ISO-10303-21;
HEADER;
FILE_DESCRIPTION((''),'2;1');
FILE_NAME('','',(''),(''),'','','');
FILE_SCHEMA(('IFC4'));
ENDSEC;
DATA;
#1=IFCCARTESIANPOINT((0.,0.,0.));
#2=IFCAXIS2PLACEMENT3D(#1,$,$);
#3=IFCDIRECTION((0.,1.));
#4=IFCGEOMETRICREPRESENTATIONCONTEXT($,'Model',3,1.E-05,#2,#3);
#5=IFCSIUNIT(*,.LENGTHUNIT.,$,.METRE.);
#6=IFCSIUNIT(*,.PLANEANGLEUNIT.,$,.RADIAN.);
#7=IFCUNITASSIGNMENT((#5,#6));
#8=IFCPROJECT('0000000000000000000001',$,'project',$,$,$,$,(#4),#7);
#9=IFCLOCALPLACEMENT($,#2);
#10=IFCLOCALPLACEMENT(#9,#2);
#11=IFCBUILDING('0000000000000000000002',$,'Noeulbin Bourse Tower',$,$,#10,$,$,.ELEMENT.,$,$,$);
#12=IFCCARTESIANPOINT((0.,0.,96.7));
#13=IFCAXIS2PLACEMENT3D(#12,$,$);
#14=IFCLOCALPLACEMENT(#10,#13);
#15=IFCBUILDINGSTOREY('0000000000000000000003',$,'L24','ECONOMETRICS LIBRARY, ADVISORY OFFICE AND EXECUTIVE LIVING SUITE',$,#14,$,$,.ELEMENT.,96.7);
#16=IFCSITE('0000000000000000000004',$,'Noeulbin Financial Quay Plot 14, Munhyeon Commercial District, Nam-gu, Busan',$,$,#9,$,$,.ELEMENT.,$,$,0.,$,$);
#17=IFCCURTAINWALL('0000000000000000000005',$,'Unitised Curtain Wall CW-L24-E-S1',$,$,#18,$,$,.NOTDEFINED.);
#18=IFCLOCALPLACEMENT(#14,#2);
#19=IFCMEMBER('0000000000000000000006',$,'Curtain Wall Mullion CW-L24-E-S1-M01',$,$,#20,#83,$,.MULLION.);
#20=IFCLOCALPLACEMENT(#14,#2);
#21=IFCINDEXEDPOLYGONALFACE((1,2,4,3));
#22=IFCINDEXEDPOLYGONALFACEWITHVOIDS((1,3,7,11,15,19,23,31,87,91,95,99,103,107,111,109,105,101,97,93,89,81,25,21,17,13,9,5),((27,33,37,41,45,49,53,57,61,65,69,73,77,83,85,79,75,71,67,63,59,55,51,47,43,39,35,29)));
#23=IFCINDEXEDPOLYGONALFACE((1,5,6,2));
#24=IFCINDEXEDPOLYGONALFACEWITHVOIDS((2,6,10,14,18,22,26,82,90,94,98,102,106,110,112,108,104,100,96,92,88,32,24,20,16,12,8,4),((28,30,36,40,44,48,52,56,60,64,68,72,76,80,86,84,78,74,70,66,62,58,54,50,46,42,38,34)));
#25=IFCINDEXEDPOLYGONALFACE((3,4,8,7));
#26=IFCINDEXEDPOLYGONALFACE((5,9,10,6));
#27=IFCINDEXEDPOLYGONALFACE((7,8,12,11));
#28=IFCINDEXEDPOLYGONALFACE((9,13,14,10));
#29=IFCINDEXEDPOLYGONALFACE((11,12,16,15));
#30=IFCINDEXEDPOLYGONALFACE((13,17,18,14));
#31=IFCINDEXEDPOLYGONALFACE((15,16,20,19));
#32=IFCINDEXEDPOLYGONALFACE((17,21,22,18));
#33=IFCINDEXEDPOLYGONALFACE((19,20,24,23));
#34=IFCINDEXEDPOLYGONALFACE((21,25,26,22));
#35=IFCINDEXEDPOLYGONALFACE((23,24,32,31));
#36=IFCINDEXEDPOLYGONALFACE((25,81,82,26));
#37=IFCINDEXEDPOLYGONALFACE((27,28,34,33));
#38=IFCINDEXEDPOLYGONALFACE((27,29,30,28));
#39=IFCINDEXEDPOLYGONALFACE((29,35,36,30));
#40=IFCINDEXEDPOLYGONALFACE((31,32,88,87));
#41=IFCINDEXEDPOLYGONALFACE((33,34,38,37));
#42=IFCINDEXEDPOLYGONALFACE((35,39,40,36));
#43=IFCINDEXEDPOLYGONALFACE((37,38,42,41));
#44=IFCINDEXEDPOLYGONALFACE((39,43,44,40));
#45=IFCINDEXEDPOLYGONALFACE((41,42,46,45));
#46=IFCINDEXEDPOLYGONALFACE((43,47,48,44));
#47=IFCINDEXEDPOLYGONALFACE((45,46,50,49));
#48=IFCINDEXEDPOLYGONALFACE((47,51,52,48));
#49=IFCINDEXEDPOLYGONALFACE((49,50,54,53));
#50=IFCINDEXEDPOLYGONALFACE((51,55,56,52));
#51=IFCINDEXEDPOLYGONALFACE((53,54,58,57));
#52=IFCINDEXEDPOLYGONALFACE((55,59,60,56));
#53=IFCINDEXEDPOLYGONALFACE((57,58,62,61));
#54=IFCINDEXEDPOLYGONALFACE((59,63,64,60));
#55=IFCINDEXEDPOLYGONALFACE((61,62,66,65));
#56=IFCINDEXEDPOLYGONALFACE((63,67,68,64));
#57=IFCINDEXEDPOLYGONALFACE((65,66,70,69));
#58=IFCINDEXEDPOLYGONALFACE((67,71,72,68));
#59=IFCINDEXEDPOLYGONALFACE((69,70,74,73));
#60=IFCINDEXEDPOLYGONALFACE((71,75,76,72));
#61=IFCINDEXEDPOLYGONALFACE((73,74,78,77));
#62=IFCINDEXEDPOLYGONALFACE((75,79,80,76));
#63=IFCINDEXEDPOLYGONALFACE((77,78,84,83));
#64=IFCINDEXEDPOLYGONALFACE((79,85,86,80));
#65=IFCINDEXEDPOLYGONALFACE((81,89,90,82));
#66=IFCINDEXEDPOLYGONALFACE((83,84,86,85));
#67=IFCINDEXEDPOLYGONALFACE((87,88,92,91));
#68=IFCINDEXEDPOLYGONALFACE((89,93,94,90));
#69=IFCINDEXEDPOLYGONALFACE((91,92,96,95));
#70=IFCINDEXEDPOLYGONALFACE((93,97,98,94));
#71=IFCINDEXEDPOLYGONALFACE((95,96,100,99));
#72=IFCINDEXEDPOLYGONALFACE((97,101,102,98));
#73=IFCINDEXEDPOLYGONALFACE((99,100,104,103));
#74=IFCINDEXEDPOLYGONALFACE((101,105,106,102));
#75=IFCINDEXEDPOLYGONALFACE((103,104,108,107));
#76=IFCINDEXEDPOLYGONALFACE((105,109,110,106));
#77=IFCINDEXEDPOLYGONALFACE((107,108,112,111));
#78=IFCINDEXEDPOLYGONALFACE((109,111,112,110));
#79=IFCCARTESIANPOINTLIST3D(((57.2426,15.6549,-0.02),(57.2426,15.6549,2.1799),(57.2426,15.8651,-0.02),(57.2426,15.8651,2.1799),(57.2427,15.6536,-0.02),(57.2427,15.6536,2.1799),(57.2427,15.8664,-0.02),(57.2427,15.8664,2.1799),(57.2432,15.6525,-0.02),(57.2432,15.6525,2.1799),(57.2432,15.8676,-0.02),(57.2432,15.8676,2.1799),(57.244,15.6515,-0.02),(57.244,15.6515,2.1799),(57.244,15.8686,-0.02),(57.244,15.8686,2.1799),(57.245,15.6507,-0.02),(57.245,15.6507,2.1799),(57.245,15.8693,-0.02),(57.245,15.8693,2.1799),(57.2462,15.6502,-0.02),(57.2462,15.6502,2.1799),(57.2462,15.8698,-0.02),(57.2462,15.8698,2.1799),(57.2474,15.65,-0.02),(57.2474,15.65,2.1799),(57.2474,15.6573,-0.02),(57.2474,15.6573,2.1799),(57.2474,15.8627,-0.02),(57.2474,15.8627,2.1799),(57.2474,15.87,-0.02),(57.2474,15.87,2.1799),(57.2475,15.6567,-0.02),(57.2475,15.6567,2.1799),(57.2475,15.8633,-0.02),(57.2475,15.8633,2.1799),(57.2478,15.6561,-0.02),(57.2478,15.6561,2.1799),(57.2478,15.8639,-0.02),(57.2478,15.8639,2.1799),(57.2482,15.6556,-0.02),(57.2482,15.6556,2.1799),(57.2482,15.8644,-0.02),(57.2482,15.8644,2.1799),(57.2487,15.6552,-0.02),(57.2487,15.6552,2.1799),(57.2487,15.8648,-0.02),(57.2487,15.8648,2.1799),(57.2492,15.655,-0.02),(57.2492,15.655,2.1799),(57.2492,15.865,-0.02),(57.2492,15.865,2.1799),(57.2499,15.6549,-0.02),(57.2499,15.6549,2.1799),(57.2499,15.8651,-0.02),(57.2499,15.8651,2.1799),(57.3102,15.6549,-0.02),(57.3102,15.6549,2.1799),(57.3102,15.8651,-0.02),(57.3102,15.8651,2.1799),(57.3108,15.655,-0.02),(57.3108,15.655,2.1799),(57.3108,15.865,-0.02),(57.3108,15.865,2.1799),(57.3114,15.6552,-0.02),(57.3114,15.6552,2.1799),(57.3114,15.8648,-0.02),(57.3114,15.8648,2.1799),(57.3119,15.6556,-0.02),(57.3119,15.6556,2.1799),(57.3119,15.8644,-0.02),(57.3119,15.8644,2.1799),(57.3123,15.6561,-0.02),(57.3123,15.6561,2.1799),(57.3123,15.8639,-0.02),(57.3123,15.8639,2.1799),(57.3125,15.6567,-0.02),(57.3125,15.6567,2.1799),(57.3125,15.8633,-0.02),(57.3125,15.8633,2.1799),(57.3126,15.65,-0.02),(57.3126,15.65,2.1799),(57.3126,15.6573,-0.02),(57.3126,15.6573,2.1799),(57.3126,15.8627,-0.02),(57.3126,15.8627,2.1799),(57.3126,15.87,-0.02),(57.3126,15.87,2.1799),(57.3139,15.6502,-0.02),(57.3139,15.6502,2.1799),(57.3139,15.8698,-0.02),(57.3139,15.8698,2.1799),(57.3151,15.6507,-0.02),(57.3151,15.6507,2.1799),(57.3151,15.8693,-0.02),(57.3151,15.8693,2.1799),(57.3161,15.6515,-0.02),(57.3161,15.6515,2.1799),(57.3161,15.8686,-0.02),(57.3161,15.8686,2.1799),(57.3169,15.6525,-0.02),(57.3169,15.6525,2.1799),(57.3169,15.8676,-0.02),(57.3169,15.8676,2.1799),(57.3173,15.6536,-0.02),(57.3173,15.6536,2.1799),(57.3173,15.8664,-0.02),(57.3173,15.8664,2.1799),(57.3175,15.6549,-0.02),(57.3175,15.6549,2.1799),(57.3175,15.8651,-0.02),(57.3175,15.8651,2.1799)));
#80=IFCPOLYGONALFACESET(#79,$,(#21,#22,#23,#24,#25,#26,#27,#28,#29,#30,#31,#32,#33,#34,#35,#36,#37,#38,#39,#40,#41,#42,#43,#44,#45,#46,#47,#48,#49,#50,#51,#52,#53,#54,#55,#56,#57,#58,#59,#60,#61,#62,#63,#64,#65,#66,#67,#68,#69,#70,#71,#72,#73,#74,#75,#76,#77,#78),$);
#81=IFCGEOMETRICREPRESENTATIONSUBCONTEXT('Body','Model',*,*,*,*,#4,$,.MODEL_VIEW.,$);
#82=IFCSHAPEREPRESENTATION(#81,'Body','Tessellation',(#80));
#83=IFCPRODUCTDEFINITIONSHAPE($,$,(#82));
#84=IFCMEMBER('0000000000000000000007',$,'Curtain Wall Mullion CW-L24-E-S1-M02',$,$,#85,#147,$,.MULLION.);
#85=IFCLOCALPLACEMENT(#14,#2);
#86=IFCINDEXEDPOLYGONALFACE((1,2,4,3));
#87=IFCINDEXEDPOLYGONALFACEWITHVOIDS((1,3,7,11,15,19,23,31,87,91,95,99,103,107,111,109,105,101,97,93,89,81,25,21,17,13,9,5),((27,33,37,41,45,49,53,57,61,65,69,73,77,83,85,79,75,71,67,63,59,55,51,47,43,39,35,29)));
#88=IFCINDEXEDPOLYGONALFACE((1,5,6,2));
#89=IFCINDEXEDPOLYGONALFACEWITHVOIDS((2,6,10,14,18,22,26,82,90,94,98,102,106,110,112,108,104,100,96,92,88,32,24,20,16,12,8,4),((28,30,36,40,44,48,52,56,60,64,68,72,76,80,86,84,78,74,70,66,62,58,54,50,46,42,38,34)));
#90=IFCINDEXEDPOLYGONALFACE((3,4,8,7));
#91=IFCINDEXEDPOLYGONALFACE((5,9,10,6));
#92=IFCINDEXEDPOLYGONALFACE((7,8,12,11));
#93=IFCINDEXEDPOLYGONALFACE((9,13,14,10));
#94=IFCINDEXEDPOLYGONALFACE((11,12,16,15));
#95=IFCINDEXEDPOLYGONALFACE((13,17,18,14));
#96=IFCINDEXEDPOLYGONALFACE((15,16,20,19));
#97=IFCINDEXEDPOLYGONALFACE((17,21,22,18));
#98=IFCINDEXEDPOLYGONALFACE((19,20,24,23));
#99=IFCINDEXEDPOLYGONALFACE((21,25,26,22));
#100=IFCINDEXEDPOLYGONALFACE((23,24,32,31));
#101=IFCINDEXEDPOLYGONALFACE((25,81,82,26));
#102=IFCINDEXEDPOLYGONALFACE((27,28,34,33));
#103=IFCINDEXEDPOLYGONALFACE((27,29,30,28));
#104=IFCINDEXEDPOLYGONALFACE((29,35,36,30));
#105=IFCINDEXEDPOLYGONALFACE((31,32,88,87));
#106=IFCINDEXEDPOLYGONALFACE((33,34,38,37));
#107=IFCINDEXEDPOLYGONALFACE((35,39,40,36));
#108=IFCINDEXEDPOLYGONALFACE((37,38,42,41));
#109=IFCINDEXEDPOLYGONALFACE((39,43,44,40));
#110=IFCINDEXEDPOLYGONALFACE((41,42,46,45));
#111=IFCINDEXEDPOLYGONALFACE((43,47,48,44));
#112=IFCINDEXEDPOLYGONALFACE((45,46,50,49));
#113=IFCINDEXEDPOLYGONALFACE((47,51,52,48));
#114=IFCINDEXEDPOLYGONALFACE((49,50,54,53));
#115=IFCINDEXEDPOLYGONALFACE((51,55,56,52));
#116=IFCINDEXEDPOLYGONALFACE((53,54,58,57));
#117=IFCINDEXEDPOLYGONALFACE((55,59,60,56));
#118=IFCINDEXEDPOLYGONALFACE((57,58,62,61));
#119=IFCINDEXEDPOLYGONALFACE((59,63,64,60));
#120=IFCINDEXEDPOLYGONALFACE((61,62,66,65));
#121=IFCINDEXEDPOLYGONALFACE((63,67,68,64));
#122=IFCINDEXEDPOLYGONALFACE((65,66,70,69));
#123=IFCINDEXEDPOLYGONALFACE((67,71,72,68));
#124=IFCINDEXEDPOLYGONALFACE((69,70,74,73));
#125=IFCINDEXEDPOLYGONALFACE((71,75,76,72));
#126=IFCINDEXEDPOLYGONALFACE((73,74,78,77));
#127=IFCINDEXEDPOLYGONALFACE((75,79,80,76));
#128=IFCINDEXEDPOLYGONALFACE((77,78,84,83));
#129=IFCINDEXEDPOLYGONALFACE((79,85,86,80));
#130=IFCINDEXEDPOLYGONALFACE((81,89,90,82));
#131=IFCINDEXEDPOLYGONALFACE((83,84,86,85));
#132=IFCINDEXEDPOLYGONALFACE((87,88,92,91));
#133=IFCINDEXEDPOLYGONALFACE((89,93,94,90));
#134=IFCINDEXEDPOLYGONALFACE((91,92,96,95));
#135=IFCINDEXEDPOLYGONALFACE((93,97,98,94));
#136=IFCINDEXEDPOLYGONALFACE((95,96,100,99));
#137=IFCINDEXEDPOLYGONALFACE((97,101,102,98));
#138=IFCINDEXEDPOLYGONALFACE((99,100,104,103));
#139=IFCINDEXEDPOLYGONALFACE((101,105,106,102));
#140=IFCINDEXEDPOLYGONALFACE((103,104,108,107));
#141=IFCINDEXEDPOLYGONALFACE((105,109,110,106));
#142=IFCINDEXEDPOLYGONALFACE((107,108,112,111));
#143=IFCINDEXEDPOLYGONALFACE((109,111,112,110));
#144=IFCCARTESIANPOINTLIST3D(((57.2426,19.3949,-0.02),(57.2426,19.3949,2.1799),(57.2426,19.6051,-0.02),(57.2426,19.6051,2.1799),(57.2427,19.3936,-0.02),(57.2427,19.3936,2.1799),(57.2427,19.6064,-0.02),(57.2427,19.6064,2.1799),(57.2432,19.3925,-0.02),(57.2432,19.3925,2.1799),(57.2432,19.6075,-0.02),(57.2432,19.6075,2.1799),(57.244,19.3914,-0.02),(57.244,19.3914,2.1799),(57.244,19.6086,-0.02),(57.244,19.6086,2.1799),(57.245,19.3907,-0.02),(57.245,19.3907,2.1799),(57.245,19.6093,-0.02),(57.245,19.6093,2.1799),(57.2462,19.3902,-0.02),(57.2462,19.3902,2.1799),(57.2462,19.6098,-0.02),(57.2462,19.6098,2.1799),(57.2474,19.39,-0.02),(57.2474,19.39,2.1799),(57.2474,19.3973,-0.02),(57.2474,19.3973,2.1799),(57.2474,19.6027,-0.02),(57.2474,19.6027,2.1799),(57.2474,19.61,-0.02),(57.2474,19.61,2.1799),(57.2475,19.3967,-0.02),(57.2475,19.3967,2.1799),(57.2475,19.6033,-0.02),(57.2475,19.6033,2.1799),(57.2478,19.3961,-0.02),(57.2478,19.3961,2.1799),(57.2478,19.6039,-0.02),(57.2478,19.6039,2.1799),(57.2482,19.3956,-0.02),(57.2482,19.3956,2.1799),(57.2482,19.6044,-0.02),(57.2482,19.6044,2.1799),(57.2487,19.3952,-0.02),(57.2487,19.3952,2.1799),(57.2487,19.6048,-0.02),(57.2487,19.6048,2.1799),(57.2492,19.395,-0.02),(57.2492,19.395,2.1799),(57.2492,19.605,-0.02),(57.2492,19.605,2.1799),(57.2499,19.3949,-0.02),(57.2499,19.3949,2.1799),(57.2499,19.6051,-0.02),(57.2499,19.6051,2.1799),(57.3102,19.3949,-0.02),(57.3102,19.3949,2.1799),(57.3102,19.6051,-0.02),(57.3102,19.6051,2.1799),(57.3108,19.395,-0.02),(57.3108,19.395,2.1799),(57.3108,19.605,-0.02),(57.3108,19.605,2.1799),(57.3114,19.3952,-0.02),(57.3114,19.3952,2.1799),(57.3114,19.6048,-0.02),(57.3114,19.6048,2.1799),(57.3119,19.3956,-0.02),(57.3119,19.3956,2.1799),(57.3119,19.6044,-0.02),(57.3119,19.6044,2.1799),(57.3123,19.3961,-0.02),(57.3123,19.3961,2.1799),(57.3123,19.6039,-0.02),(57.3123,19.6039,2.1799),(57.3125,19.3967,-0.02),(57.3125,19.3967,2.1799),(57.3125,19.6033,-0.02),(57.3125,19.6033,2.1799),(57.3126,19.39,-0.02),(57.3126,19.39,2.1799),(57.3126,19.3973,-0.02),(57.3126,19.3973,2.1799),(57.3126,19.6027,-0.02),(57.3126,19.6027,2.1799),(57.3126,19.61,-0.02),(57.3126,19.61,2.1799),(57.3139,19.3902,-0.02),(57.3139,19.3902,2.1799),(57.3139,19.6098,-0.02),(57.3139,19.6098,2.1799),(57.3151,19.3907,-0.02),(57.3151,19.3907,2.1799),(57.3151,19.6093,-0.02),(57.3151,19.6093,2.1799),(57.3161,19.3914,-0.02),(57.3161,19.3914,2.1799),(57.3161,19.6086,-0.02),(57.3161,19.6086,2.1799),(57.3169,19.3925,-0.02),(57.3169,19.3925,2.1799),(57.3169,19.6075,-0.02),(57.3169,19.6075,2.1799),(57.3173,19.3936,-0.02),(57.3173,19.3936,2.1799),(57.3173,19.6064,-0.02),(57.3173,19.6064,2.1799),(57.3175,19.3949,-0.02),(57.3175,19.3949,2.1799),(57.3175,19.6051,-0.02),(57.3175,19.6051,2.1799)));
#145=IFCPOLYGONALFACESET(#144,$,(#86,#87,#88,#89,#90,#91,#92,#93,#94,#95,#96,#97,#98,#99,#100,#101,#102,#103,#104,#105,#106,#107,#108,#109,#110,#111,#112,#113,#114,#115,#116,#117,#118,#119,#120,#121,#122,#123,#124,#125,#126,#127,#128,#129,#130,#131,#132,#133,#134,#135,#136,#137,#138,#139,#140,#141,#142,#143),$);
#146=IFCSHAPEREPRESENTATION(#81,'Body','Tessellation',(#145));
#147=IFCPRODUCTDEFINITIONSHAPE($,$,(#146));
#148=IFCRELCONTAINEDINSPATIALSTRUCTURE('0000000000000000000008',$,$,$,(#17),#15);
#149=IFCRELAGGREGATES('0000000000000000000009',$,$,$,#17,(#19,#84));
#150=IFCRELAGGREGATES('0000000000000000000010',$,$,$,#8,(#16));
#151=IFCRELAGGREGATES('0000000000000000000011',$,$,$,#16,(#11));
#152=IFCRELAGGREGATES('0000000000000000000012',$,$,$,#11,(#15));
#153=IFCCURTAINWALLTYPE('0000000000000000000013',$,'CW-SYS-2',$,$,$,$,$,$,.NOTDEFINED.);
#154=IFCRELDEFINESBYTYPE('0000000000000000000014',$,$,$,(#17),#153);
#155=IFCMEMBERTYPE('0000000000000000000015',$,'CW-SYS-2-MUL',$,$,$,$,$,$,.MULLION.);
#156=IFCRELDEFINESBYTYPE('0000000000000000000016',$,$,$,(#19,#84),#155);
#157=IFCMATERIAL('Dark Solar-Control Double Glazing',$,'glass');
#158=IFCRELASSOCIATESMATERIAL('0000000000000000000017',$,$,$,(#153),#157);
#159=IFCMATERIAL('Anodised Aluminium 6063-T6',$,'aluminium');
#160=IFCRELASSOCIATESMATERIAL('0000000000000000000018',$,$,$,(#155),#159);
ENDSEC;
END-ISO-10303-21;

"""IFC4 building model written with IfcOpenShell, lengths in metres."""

from ifc_helpers import new_model, si_unit, direction, frame, origin, origin_2d, place, context, subcontext, project, spatial, hollow_rectangle, extrude, material, material_profile, profile_set, type_object, element, aggregate, save


model = new_model("IFC4")

# Units and contexts
model_context = context("Model", 3, precision=1e-05, world=origin(), true_north=direction((0.0, 1.0)))
body_context = subcontext(model_context, "Body", "Model", "MODEL_VIEW")
ifc_project = project(units=[si_unit("LENGTHUNIT", "METRE"), si_unit("PLANEANGLEUNIT", "RADIAN")], contexts=[model_context])

# Site, building, storey
site_placement = place(None, origin())
site = spatial("IfcSite", under=ifc_project, at=site_placement, Name="Noeulbin Financial Quay Plot 14, Munhyeon Commercial District, Nam-gu, Busan", CompositionType="ELEMENT", RefElevation=0.0)
building_placement = place(site_placement, origin())
building = spatial("IfcBuilding", under=site, at=building_placement, Name="Noeulbin Bourse Tower", CompositionType="ELEMENT")
storey_placement = place(building_placement, frame((0.0, 0.0, 96.7)))
storey = spatial("IfcBuildingStorey", under=building, at=storey_placement, Name="L24", Description="ECONOMETRICS LIBRARY, ADVISORY OFFICE AND EXECUTIVE LIVING SUITE", CompositionType="ELEMENT", Elevation=96.7)

# Curtain wall, members
ifc_material_1 = material(Name="Dark Solar-Control Double Glazing", Category="glass")
curtain_wall_type = type_object("IfcCurtainWallType", Name="CW-SYS-2", PredefinedType="NOTDEFINED", material=ifc_material_1)
ifc_material_2 = material(Name="Anodised Aluminium 6063-T6", Category="aluminium")
ifc_material_profile_1 = material_profile(ifc_material_2, hollow_rectangle(XDim=0.075, YDim=0.22, WallThickness=0.0049, InnerFilletRadius=0.0024, OuterFilletRadius=0.0049, at=origin_2d()), Name="ALU-MULL-75x220x5", Category="LoadBearing")
ifc_profile_set_1 = profile_set([ifc_material_profile_1], Name="Anodised Aluminium 6063-T6")
member_type_1 = type_object("IfcMemberType", Name="CW-SYS-2-MUL", PredefinedType="MULLION", material=ifc_profile_set_1)
curtain_wall_1_placement = place(storey_placement, origin())
curtain_wall_1 = element("IfcCurtainWall", 1, at=curtain_wall_1_placement, inside=storey, type_object=curtain_wall_type, Name="Unitised Curtain Wall CW-L24-E-S1", PredefinedType="NOTDEFINED")
member_1_placement = place(storey_placement, frame((57.28, 15.76, -0.02), z_axis=(0.0, 0.0, 1.0), x_axis=(1.0, 0.0, 0.0)))
member_1 = element("IfcMember", 2, at=member_1_placement, type_object=member_type_1, Name="Curtain Wall Mullion CW-L24-E-S1-M01", PredefinedType="MULLION", context=body_context, shape_type="SweptSolid", body=[
    extrude(hollow_rectangle(XDim=0.075, YDim=0.22, WallThickness=0.0049, InnerFilletRadius=0.0024, OuterFilletRadius=0.0049, at=origin_2d()), origin(), (0.0, 0.0, 1.0), 2.2),
])
member_2_placement = place(storey_placement, frame((57.28, 19.5, -0.02), z_axis=(0.0, 0.0, 1.0), x_axis=(1.0, 0.0, 0.0)))
member_2 = element("IfcMember", 3, at=member_2_placement, type_object=member_type_1, Name="Curtain Wall Mullion CW-L24-E-S1-M02", PredefinedType="MULLION", context=body_context, shape_type="SweptSolid", body=[
    extrude(hollow_rectangle(XDim=0.075, YDim=0.22, WallThickness=0.0049, InnerFilletRadius=0.0024, OuterFilletRadius=0.0049, at=origin_2d()), origin(), (0.0, 0.0, 1.0), 2.2),
])

aggregate(curtain_wall_1, [member_1, member_2])

save(model, "model.ifc")
